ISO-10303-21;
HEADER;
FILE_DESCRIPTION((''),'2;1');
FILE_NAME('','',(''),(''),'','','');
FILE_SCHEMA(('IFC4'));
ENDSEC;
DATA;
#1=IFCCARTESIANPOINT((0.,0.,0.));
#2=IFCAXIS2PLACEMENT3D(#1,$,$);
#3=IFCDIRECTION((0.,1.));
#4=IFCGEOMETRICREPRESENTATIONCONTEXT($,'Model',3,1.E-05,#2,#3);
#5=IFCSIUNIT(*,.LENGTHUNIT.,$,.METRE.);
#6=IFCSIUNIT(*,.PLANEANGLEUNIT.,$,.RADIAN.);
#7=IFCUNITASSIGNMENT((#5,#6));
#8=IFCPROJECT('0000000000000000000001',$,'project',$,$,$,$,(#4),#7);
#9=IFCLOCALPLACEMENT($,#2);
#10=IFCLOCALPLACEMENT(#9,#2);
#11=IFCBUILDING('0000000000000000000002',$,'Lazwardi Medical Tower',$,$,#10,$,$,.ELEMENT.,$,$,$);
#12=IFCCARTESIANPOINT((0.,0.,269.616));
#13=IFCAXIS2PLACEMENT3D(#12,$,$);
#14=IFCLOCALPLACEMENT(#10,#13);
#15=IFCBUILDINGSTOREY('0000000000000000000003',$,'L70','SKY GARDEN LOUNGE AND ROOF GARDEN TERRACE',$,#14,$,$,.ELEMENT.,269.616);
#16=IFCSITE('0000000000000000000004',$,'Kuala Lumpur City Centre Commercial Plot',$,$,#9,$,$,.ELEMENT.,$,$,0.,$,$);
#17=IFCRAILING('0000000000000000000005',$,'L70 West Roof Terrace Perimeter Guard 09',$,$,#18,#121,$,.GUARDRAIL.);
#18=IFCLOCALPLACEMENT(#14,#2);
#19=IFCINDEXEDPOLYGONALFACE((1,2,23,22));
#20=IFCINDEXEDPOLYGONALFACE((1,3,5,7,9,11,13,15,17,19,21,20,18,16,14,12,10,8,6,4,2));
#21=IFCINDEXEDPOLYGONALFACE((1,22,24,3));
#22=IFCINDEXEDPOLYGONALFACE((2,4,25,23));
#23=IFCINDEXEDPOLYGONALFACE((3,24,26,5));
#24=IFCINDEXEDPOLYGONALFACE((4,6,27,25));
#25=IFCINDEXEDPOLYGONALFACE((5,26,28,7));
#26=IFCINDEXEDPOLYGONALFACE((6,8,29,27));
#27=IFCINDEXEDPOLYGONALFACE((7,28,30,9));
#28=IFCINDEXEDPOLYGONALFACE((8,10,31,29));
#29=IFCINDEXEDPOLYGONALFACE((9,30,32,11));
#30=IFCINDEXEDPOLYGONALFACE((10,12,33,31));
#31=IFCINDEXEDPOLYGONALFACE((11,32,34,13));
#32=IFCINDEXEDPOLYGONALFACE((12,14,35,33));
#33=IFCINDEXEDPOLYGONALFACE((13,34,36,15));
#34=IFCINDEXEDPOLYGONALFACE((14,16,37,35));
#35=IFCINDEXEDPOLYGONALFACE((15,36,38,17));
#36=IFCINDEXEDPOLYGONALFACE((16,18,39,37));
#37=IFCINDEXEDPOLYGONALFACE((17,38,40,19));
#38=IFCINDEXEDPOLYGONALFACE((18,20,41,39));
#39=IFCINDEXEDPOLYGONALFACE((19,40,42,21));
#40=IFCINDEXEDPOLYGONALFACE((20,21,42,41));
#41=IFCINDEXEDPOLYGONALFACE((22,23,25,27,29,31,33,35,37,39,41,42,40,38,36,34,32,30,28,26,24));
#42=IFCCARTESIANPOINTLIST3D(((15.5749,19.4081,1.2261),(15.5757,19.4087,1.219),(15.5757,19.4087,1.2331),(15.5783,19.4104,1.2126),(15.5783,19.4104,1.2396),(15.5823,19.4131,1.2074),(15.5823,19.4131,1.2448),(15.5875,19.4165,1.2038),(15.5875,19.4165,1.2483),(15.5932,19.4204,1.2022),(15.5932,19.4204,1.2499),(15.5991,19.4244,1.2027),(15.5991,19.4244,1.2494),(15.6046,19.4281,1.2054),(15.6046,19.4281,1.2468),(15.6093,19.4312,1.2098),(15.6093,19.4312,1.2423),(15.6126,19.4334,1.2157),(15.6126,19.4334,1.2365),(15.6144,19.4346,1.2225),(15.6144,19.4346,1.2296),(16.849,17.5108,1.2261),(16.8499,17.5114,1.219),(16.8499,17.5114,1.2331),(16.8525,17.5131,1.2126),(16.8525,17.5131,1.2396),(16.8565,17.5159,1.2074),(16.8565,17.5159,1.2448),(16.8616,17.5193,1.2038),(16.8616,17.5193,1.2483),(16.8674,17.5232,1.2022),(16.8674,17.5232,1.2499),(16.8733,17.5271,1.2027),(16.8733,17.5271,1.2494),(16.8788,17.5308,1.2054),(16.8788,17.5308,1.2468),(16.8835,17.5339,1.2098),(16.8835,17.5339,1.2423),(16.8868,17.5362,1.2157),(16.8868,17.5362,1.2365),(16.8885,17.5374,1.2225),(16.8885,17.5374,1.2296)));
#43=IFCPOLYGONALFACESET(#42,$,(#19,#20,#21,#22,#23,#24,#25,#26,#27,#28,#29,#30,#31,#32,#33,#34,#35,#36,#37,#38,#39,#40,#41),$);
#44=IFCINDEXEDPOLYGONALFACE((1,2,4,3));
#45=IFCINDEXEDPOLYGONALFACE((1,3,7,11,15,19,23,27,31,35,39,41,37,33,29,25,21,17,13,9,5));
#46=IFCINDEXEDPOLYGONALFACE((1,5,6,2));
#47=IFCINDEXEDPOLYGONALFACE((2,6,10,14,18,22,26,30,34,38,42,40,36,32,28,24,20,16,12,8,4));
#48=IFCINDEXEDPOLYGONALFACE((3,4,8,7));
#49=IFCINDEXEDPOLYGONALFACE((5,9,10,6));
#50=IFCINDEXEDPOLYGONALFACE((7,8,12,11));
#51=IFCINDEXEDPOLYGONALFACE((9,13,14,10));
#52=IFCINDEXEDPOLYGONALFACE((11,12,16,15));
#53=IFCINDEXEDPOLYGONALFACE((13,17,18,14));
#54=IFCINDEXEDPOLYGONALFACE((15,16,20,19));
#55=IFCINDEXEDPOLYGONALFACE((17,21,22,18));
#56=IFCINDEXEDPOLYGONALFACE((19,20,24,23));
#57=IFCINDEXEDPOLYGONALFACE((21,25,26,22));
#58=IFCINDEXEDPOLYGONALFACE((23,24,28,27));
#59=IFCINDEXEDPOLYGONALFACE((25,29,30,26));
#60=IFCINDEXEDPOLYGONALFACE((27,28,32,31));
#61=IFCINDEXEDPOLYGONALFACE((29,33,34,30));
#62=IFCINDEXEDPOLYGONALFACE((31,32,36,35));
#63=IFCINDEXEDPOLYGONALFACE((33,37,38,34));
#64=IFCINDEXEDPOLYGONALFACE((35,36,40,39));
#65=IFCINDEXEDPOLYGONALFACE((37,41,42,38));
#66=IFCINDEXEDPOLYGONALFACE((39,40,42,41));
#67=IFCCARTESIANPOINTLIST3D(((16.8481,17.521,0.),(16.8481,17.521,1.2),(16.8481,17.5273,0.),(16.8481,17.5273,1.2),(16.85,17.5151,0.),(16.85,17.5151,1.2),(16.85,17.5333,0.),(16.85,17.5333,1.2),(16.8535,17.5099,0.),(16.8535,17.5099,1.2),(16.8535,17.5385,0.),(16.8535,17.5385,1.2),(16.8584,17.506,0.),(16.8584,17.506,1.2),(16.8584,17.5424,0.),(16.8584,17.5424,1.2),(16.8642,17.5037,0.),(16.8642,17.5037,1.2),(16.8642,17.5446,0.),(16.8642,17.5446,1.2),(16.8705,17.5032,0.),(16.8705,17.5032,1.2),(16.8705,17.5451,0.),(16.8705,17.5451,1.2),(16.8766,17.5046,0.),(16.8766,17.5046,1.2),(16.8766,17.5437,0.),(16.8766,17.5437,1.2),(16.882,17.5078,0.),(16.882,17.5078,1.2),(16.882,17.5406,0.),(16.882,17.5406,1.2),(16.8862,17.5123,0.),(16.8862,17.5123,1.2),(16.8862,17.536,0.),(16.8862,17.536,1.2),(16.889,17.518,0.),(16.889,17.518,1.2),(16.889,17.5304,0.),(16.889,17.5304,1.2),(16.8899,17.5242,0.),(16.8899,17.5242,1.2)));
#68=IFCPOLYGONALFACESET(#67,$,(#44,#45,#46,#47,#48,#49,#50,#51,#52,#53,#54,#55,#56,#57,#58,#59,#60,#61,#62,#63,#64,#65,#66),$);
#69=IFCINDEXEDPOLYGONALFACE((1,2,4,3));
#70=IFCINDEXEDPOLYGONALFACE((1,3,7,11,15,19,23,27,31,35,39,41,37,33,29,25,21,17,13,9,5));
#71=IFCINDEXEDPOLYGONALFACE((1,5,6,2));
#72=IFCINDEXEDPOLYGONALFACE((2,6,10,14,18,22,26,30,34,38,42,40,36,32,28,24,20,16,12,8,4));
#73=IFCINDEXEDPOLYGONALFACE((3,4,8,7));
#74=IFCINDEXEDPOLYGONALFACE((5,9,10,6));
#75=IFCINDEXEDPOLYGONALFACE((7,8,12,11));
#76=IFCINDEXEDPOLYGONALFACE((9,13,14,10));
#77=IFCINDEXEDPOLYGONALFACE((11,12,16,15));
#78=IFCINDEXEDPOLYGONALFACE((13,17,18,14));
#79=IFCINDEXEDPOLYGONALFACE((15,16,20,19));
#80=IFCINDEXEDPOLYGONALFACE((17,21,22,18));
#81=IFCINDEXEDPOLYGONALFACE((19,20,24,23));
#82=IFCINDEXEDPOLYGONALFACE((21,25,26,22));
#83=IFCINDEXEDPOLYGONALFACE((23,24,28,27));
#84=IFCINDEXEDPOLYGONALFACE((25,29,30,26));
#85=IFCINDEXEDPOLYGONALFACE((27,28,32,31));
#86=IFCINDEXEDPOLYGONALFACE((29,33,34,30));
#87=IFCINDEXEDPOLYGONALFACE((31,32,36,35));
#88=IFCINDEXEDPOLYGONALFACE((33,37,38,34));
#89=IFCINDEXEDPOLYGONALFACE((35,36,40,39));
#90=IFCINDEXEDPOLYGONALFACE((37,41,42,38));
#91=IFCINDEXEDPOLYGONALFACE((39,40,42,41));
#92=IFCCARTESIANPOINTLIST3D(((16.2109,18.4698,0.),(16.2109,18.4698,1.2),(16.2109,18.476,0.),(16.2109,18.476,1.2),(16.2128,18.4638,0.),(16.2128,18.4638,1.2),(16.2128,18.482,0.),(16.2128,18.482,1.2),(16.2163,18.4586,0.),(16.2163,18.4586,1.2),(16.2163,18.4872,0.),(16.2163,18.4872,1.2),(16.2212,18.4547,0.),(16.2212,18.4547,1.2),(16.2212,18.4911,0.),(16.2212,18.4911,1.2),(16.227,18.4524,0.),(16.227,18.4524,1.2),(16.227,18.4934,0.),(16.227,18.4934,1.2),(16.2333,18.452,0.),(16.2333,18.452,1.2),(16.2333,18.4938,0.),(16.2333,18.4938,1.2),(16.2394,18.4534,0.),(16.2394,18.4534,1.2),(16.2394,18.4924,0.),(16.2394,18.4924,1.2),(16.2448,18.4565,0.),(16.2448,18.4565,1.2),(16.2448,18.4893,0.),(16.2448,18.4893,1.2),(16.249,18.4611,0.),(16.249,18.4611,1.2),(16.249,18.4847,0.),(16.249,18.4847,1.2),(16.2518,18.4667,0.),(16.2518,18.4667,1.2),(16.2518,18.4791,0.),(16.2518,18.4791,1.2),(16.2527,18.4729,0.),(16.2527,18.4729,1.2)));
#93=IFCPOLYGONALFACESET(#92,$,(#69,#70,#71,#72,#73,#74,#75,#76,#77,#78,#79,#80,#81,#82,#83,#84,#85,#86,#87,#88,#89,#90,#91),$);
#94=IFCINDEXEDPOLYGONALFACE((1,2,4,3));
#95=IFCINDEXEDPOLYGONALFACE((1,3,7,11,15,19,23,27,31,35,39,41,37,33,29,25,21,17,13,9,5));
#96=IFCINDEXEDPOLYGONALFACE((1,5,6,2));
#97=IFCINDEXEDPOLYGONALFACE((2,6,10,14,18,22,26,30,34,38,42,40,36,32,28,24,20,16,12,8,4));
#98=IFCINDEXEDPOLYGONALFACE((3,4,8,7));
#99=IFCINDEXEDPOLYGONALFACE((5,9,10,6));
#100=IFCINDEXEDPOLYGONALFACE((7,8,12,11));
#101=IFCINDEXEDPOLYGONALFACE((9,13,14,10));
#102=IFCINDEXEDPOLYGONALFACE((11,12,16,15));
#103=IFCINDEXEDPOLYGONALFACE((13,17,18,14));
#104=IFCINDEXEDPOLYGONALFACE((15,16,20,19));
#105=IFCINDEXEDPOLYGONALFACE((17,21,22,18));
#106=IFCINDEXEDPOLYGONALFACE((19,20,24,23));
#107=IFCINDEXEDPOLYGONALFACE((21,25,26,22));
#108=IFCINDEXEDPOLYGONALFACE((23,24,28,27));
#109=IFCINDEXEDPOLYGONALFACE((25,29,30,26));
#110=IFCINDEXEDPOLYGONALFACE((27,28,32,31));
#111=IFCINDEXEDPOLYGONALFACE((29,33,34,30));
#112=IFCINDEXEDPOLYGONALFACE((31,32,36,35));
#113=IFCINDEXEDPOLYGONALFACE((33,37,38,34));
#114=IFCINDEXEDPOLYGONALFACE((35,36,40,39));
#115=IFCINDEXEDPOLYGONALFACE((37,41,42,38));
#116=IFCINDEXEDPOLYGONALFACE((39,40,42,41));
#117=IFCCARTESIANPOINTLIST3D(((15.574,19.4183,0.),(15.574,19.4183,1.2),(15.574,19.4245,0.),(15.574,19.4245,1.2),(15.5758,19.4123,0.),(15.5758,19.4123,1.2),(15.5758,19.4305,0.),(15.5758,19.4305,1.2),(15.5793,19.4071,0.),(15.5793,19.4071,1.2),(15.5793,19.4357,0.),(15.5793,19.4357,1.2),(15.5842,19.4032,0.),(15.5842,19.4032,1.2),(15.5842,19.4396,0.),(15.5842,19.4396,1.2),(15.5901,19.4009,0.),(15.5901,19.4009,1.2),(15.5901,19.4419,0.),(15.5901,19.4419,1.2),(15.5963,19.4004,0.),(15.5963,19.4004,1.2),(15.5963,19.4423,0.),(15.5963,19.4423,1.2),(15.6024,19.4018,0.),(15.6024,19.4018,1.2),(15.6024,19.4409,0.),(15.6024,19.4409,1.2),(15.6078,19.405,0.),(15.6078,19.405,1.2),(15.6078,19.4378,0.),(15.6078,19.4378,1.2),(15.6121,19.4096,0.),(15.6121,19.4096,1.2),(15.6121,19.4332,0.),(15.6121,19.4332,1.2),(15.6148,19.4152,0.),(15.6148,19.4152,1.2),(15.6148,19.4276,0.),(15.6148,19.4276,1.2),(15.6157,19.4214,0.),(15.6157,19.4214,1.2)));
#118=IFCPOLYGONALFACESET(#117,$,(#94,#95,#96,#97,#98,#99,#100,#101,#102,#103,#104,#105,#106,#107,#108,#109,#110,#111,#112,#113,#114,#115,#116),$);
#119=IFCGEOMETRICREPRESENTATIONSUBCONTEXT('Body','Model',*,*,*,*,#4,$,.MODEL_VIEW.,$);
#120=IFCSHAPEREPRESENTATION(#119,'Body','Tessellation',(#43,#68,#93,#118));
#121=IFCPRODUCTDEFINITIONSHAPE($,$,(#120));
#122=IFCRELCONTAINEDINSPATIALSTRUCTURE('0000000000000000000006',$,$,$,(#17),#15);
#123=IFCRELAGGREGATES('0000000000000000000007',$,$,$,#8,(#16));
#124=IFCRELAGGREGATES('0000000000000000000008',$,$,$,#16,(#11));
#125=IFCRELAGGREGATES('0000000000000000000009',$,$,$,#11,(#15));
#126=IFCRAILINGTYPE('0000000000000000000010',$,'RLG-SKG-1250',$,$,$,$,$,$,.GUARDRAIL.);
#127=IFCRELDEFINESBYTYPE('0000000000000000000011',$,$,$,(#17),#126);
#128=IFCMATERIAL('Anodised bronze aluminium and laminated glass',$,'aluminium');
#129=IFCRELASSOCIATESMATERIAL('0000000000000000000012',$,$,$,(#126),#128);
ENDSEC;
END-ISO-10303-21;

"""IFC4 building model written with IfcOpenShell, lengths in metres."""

from ifc_helpers import new_model, si_unit, direction, frame, origin, origin_2d, place, context, subcontext, project, spatial, circle, extrude, material, type_object, element, save


model = new_model("IFC4")

# Units and contexts
model_context = context("Model", 3, precision=1e-05, world=origin(), true_north=direction((0.0, 1.0)))
body_context = subcontext(model_context, "Body", "Model", "MODEL_VIEW")
ifc_project = project(units=[si_unit("LENGTHUNIT", "METRE"), si_unit("PLANEANGLEUNIT", "RADIAN")], contexts=[model_context])

# Site, building, storey
site_placement = place(None, origin())
site = spatial("IfcSite", under=ifc_project, at=site_placement, Name="Kuala Lumpur City Centre Commercial Plot", CompositionType="ELEMENT", RefElevation=0.0)
building_placement = place(site_placement, origin())
building = spatial("IfcBuilding", under=site, at=building_placement, Name="Lazwardi Medical Tower", CompositionType="ELEMENT")
storey_placement = place(building_placement, frame((0.0, 0.0, 269.616)))
storey = spatial("IfcBuildingStorey", under=building, at=storey_placement, Name="L70", Description="SKY GARDEN LOUNGE AND ROOF GARDEN TERRACE", CompositionType="ELEMENT", Elevation=269.616)

# Railing
ifc_material_1 = material(Name="Anodised bronze aluminium and laminated glass", Category="aluminium")
railing_type = type_object("IfcRailingType", Name="RLG-SKG-1250", PredefinedType="GUARDRAIL", material=ifc_material_1)
railing_1_placement = place(storey_placement, frame((16.8689, 17.5242, 0.0)))
element("IfcRailing", 1, at=railing_1_placement, inside=storey, type_object=railing_type, Name="L70 West Roof Terrace Perimeter Guard 09", PredefinedType="GUARDRAIL", context=body_context, shape_type="SweptSolid", body=[
    extrude(circle(Radius=0.0239, at=origin_2d()), frame((0.0, 0.0, 1.2261), z_axis=(-0.557532, 0.830155, 0.0), x_axis=(-0.830155, -0.557532, 0.0)), (0.0, 0.0, 1.0), 2.2854),
    extrude(circle(Radius=0.021, at=origin_2d()), origin(), (0.0, 0.0, 1.0), 1.2),
    extrude(circle(Radius=0.021, at=origin_2d()), frame((-0.6372, 0.9487, 0.0)), (0.0, 0.0, 1.0), 1.2),
    extrude(circle(Radius=0.021, at=origin_2d()), frame((-1.2742, 1.8972, 0.0)), (0.0, 0.0, 1.0), 1.2),
])

save(model, "model.ifc")
